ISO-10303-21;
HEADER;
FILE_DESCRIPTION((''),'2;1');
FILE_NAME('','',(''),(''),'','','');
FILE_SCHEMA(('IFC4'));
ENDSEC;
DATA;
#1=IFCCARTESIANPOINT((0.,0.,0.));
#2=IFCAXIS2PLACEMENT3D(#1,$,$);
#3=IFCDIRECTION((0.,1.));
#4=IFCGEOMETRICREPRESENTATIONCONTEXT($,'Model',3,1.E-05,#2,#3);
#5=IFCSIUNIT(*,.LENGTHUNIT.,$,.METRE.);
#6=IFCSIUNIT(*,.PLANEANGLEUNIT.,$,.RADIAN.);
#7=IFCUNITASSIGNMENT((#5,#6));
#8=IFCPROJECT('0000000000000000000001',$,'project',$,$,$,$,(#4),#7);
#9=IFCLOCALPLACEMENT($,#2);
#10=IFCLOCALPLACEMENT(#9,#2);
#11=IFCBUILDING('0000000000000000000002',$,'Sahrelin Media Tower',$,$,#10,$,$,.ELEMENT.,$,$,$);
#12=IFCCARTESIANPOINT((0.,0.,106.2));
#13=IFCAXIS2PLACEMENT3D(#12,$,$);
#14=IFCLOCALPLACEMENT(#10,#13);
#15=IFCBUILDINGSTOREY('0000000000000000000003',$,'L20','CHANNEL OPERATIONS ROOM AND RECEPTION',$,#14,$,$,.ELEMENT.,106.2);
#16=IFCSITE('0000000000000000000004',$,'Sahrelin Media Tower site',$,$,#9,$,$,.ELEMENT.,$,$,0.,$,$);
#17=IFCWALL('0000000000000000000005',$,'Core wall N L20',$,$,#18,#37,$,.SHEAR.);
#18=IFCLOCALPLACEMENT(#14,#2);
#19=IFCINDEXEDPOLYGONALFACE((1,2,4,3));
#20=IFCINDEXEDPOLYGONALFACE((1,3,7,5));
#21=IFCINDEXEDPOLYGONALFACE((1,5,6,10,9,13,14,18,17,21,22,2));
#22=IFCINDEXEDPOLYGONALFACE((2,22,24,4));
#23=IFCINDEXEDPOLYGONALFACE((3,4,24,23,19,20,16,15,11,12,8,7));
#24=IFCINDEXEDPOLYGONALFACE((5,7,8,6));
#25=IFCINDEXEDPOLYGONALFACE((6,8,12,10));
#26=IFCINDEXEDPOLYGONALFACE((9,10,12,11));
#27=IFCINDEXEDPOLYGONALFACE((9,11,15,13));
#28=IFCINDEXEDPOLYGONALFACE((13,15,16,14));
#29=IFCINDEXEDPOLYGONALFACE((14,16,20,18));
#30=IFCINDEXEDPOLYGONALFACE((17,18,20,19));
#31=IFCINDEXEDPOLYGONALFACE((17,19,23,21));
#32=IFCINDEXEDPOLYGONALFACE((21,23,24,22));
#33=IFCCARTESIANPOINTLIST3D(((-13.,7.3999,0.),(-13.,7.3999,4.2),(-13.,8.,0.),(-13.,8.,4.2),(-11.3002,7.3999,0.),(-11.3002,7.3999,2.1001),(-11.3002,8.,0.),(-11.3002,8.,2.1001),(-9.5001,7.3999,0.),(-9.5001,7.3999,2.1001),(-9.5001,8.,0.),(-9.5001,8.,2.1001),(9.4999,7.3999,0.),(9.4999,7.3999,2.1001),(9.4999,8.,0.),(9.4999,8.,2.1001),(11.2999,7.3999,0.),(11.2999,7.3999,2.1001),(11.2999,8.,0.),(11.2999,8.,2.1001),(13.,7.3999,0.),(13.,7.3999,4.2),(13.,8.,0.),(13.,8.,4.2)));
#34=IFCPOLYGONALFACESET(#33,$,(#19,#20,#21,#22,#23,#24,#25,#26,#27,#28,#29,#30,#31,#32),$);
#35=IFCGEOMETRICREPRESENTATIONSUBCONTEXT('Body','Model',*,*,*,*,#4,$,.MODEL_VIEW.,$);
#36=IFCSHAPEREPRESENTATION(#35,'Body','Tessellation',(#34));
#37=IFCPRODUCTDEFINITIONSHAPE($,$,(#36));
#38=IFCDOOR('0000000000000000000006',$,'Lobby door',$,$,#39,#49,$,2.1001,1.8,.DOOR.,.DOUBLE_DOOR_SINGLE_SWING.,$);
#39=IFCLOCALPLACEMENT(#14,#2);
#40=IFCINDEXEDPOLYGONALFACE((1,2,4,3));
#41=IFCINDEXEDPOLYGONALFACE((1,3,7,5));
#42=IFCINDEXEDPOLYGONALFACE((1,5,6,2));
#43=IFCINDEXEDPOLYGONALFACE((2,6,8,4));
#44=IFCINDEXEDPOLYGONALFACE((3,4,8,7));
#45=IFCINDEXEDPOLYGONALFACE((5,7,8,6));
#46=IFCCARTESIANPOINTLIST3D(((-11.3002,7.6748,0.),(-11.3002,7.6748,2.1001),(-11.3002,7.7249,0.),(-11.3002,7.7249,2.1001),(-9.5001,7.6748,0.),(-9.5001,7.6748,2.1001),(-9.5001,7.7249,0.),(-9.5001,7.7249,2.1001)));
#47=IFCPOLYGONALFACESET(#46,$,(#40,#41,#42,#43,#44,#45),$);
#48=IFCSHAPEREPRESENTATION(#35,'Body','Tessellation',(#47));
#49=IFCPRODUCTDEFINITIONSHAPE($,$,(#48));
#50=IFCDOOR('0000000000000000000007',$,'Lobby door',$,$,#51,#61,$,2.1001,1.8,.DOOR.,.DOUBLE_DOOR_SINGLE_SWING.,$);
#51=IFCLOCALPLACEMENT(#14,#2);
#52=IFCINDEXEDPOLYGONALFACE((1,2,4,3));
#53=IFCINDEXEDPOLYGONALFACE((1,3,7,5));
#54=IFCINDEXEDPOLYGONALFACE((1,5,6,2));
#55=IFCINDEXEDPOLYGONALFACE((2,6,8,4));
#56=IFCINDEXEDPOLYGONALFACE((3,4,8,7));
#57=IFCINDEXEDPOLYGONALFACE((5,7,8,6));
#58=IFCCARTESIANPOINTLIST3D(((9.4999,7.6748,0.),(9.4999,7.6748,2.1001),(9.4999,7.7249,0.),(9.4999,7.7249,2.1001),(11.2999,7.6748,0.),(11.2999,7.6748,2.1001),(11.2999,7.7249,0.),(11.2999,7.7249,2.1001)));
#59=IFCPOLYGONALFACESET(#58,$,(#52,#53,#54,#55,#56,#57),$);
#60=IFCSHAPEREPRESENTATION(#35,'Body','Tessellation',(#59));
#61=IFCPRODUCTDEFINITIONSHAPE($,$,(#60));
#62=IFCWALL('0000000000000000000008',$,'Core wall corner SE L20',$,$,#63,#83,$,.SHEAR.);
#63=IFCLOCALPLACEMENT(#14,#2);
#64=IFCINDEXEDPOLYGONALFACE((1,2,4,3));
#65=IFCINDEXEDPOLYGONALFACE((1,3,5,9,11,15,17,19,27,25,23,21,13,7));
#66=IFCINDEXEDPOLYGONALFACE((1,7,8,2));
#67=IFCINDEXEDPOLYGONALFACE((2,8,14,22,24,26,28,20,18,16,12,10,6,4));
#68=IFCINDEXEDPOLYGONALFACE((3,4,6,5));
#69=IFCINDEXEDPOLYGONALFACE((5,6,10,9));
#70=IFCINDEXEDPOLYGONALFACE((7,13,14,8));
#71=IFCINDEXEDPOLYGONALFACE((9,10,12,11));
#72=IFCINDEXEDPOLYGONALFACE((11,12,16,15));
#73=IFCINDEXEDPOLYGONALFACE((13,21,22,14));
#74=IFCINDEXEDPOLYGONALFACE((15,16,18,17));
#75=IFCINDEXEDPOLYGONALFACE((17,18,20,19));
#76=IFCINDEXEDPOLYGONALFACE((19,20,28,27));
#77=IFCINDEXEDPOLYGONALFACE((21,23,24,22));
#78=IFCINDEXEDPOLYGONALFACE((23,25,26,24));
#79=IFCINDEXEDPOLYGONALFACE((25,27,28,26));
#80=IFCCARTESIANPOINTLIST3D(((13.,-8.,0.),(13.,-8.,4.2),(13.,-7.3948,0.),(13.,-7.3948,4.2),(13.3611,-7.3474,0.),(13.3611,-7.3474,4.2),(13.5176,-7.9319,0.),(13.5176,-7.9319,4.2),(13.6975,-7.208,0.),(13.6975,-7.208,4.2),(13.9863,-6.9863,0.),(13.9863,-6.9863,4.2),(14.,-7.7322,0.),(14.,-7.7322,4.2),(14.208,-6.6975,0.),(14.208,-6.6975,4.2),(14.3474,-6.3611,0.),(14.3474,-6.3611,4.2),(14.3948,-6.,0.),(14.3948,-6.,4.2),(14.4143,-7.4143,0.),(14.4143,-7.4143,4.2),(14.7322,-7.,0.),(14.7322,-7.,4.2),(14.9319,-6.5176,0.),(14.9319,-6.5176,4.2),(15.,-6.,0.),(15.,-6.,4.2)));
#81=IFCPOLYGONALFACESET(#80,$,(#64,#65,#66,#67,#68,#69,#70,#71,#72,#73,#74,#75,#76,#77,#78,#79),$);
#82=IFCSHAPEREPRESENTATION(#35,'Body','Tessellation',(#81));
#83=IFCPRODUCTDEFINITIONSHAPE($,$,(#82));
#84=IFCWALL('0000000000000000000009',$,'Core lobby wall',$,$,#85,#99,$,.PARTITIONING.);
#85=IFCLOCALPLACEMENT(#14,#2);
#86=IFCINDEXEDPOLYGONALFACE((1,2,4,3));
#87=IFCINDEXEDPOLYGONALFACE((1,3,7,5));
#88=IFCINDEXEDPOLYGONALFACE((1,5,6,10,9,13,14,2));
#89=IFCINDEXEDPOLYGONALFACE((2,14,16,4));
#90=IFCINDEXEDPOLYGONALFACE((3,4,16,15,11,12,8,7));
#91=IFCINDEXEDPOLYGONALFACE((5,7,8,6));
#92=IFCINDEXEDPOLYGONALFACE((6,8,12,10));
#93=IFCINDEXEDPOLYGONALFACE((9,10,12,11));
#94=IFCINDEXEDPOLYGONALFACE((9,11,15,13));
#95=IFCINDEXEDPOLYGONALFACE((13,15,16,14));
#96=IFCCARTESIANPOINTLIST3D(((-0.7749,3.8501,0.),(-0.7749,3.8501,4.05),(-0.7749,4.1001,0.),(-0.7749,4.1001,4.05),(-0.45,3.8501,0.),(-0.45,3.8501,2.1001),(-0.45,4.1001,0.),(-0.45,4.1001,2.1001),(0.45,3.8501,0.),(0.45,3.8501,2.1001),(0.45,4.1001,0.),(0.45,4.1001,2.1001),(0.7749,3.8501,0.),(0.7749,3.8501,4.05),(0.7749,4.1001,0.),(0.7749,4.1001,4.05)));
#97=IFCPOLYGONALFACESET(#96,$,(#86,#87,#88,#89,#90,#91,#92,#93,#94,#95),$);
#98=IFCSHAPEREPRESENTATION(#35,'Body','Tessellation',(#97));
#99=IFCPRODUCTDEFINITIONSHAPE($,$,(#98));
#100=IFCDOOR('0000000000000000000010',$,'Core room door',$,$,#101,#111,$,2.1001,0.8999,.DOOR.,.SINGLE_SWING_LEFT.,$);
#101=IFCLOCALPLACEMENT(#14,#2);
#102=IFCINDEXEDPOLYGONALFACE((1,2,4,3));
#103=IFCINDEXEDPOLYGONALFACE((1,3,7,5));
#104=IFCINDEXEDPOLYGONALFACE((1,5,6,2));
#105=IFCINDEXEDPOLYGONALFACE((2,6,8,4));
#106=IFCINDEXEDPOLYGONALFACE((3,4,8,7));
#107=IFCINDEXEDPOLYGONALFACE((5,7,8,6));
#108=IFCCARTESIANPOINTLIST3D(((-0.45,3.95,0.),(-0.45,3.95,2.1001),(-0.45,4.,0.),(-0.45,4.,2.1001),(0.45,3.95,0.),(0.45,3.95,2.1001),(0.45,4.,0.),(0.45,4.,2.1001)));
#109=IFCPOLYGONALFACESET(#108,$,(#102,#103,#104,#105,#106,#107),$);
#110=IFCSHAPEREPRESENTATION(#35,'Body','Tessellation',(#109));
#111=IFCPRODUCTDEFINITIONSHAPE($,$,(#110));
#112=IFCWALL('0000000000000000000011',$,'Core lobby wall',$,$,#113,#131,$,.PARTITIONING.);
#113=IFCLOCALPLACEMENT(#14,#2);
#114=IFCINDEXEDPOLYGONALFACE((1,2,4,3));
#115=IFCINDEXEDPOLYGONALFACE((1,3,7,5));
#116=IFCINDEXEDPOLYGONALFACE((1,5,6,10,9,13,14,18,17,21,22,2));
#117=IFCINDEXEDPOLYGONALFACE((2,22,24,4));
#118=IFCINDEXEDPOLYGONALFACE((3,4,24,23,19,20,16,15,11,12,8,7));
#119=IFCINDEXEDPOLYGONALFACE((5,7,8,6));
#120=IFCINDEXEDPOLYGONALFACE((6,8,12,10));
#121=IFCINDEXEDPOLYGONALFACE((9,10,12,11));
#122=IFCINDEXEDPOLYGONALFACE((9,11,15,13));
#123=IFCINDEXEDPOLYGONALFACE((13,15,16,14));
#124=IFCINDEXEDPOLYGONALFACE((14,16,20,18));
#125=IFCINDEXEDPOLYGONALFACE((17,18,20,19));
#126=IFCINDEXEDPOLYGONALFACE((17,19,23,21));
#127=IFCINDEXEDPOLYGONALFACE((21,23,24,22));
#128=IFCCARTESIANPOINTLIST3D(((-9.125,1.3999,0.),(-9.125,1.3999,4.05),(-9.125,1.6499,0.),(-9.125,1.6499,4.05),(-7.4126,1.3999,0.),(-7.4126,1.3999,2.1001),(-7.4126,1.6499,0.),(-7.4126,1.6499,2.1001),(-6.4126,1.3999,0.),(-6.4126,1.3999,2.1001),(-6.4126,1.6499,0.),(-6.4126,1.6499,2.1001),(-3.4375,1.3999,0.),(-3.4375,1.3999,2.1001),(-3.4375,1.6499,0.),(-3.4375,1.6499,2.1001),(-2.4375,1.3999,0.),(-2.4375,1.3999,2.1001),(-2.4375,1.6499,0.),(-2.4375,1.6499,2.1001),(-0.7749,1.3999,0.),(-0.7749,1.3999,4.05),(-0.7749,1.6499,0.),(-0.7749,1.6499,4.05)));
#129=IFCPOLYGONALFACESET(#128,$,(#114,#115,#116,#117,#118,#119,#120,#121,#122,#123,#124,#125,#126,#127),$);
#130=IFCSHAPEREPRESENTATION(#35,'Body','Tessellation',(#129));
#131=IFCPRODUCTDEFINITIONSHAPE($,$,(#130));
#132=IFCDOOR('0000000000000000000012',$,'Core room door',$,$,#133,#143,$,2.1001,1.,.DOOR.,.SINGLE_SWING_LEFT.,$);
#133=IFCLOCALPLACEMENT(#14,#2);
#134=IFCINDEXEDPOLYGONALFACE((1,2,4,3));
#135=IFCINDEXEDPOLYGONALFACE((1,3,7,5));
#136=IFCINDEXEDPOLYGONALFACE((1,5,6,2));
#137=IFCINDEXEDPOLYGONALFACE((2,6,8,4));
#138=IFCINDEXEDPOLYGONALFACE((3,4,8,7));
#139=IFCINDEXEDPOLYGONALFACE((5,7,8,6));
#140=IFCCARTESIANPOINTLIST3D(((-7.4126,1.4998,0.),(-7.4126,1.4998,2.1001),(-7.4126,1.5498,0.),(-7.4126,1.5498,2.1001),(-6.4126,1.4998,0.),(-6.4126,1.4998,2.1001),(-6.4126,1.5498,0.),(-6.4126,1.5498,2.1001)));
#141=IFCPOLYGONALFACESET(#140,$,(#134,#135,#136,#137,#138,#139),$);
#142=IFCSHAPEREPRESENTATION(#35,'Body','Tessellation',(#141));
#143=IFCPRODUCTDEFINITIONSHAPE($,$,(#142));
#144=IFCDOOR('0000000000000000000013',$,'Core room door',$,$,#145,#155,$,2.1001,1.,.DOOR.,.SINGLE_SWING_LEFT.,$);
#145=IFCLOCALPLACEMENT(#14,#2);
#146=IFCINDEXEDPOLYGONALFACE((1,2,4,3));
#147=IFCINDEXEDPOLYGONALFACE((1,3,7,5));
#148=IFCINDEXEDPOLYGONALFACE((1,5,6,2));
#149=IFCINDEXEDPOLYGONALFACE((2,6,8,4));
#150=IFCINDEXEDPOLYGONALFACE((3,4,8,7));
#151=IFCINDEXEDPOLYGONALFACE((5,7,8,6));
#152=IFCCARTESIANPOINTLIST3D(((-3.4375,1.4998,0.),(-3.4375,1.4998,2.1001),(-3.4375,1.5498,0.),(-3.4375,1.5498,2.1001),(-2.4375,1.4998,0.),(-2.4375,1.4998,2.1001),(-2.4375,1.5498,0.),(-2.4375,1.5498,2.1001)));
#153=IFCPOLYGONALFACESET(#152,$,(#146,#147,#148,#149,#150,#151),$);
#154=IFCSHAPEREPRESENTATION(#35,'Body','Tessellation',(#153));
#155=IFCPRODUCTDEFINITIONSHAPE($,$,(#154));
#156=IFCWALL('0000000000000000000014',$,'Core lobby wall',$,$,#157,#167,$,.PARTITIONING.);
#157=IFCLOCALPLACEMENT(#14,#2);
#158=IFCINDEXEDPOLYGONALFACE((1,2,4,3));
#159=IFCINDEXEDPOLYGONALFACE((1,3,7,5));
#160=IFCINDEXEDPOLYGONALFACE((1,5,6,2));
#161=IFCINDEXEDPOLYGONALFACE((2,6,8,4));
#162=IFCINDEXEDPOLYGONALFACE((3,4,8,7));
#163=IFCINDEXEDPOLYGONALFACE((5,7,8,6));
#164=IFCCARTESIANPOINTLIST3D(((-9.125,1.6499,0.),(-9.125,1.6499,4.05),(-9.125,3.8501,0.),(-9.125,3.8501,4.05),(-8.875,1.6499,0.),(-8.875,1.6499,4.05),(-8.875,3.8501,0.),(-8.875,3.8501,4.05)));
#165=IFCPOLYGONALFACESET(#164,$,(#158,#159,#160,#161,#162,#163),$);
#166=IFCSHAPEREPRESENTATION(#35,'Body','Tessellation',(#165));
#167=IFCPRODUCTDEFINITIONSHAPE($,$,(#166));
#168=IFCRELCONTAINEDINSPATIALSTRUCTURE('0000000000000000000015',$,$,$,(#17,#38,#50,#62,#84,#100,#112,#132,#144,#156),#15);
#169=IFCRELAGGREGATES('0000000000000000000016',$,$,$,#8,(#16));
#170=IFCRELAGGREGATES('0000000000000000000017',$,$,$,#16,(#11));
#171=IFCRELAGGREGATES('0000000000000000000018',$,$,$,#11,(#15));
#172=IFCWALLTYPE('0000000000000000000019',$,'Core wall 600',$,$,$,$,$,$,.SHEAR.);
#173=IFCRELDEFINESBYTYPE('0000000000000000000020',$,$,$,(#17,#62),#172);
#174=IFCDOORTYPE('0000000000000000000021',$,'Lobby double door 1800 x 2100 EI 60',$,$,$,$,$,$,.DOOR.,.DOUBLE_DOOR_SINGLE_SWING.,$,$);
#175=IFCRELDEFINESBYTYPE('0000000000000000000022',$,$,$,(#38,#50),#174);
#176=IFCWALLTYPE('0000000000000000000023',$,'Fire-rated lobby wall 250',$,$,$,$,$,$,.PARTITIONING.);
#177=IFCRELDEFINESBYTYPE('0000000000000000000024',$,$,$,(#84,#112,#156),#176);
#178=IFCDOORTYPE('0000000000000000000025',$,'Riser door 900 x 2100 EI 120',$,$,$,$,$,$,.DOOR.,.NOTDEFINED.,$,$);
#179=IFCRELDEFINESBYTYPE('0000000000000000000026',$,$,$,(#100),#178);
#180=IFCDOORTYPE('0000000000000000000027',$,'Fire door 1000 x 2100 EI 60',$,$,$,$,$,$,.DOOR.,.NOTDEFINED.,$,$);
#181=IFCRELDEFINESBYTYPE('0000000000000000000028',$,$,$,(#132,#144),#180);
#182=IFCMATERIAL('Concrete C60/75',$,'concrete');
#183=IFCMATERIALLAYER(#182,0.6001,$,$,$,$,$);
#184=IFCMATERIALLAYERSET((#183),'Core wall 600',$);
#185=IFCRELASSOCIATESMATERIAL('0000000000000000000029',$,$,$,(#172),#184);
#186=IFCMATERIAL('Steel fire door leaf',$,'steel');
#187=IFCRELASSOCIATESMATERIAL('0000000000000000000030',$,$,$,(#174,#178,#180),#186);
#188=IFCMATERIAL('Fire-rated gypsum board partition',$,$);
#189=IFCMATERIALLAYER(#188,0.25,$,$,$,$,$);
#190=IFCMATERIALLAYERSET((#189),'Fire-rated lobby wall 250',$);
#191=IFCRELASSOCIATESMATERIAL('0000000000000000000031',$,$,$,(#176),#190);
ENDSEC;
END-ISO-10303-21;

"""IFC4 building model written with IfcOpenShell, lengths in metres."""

from ifc_helpers import new_model, si_unit, direction, frame, frame_2d, origin, place, context, subcontext, project, spatial, polyline, rectangle, outline, extrude, material, layer, layer_set, type_object, element, fill, save


model = new_model("IFC4")

# Units and contexts
model_context = context("Model", 3, precision=1e-05, world=origin(), true_north=direction((0.0, 1.0)))
body_context = subcontext(model_context, "Body", "Model", "MODEL_VIEW")
ifc_project = project(units=[si_unit("LENGTHUNIT", "METRE"), si_unit("PLANEANGLEUNIT", "RADIAN")], contexts=[model_context])

# Site, building, storey
site_placement = place(None, origin())
site = spatial("IfcSite", under=ifc_project, at=site_placement, Name="Sahrelin Media Tower site", CompositionType="ELEMENT", RefElevation=0.0)
building_placement = place(site_placement, origin())
building = spatial("IfcBuilding", under=site, at=building_placement, Name="Sahrelin Media Tower", CompositionType="ELEMENT")
storey_placement = place(building_placement, frame((0.0, 0.0, 106.2)))
storey = spatial("IfcBuildingStorey", under=building, at=storey_placement, Name="L20", Description="CHANNEL OPERATIONS ROOM AND RECEPTION", CompositionType="ELEMENT", Elevation=106.2)

# Wall, openings, doors
ifc_material_1 = material(Name="Concrete C60/75", Category="concrete")
ifc_layer_1 = layer(ifc_material_1, 0.6001)
ifc_layer_set_1 = layer_set([ifc_layer_1], Name="Core wall 600")
wall_type_1 = type_object("IfcWallType", Name="Core wall 600", PredefinedType="SHEAR", material=ifc_layer_set_1)
wall_1_placement = place(storey_placement, frame((-13.0, 7.7, 0.0), z_axis=(0.0, 0.0, 1.0), x_axis=(1.0, 0.0, 0.0)))
wall_1 = element("IfcWall", 1, at=wall_1_placement, inside=storey, type_object=wall_type_1, Name="Core wall N L20", PredefinedType="SHEAR", context=body_context, shape_type="SweptSolid", body=[
    extrude(rectangle(XDim=26.0, YDim=0.6001, at=frame_2d((13.0, 0.0))), origin(), (0.0, 0.0, 1.0), 4.2),
])
opening_1_placement = place(wall_1_placement, frame((1.7, 0.0, 0.0)))
opening_1 = element("IfcOpeningElement", 2, at=opening_1_placement, cuts=wall_1, PredefinedType="OPENING", context=body_context, shape_type="SweptSolid", body=[
    extrude(rectangle(XDim=1.8, YDim=2.1001, at=frame_2d((0.8999, 1.05))), frame((0.0, 0.3, 0.0), z_axis=(0.0, -1.0, 0.0), x_axis=(1.0, 0.0, 0.0)), (0.0, 0.0, 1.0), 0.6001),
])
opening_2_placement = place(wall_1_placement, frame((22.5, 0.0, 0.0)))
opening_2 = element("IfcOpeningElement", 3, at=opening_2_placement, cuts=wall_1, PredefinedType="OPENING", context=body_context, shape_type="SweptSolid", body=[
    extrude(rectangle(XDim=1.8, YDim=2.1001, at=frame_2d((0.8999, 1.05))), frame((0.0, 0.3, 0.0), z_axis=(0.0, -1.0, 0.0), x_axis=(1.0, 0.0, 0.0)), (0.0, 0.0, 1.0), 0.6001),
])
ifc_material_2 = material(Name="Steel fire door leaf", Category="steel")
door_type_1 = type_object("IfcDoorType", Name="Lobby double door 1800 x 2100 EI 60", OperationType="DOUBLE_DOOR_SINGLE_SWING", PredefinedType="DOOR", material=ifc_material_2)
door_1_placement = place(opening_1_placement, origin())
door_1 = element("IfcDoor", 4, at=door_1_placement, inside=storey, type_object=door_type_1, Name="Lobby door", OperationType="DOUBLE_DOOR_SINGLE_SWING", OverallHeight=2.1001, OverallWidth=1.8, PredefinedType="DOOR", context=body_context, shape_type="SweptSolid", body=[
    extrude(rectangle(XDim=1.8, YDim=2.1001, at=frame_2d((0.8999, 1.05))), frame((0.0, 0.0249, 0.0), z_axis=(0.0, -1.0, 0.0), x_axis=(1.0, 0.0, 0.0)), (0.0, 0.0, 1.0), 0.05),
])
fill(opening_1, door_1)
door_2_placement = place(opening_2_placement, origin())
door_2 = element("IfcDoor", 5, at=door_2_placement, inside=storey, type_object=door_type_1, Name="Lobby door", OperationType="DOUBLE_DOOR_SINGLE_SWING", OverallHeight=2.1001, OverallWidth=1.8, PredefinedType="DOOR", context=body_context, shape_type="SweptSolid", body=[
    extrude(rectangle(XDim=1.8, YDim=2.1001, at=frame_2d((0.8999, 1.05))), frame((0.0, 0.0249, 0.0), z_axis=(0.0, -1.0, 0.0), x_axis=(1.0, 0.0, 0.0)), (0.0, 0.0, 1.0), 0.05),
])
fill(opening_2, door_2)

# Wall
wall_2_placement = place(storey_placement, origin())
element("IfcWall", 6, at=wall_2_placement, inside=storey, type_object=wall_type_1, Name="Core wall corner SE L20", PredefinedType="SHEAR", context=body_context, shape_type="SweptSolid", body=[
    extrude(outline(polyline([(15.0, -6.0), (14.3948, -6.0), (14.3474, -6.3611), (14.208, -6.6975), (13.9863, -6.9863), (13.6975, -7.208), (13.3611, -7.3474), (13.0, -7.3948), (13.0, -8.0), (13.5176, -7.9319), (14.0, -7.7322), (14.4143, -7.4143), (14.7322, -7.0), (14.9319, -6.5176), (15.0, -6.0)])), origin(), (0.0, 0.0, 1.0), 4.2),
])

# Wall, opening, door
ifc_material_3 = material(Name="Fire-rated gypsum board partition")
ifc_layer_2 = layer(ifc_material_3, 0.25)
ifc_layer_set_2 = layer_set([ifc_layer_2], Name="Fire-rated lobby wall 250")
wall_type_2 = type_object("IfcWallType", Name="Fire-rated lobby wall 250", PredefinedType="PARTITIONING", material=ifc_layer_set_2)
wall_3_placement = place(storey_placement, frame((-0.7749, 3.9751, 0.0), z_axis=(0.0, 0.0, 1.0), x_axis=(1.0, 0.0, 0.0)))
wall_3 = element("IfcWall", 7, at=wall_3_placement, inside=storey, type_object=wall_type_2, Name="Core lobby wall", PredefinedType="PARTITIONING", context=body_context, shape_type="SweptSolid", body=[
    extrude(rectangle(XDim=1.5498, YDim=0.25, at=frame_2d((0.7749, 0.0))), origin(), (0.0, 0.0, 1.0), 4.05),
])
opening_3_placement = place(wall_3_placement, frame((0.325, 0.0, 0.0)))
opening_3 = element("IfcOpeningElement", 8, at=opening_3_placement, cuts=wall_3, PredefinedType="OPENING", context=body_context, shape_type="SweptSolid", body=[
    extrude(rectangle(XDim=0.8999, YDim=2.1001, at=frame_2d((0.45, 1.05))), frame((0.0, 0.125, 0.0), z_axis=(0.0, -1.0, 0.0), x_axis=(1.0, 0.0, 0.0)), (0.0, 0.0, 1.0), 0.25),
])
door_type_2 = type_object("IfcDoorType", Name="Riser door 900 x 2100 EI 120", OperationType="NOTDEFINED", PredefinedType="DOOR", material=ifc_material_2)
door_3_placement = place(opening_3_placement, origin())
door_3 = element("IfcDoor", 9, at=door_3_placement, inside=storey, type_object=door_type_2, Name="Core room door", OperationType="SINGLE_SWING_LEFT", OverallHeight=2.1001, OverallWidth=0.8999, PredefinedType="DOOR", context=body_context, shape_type="SweptSolid", body=[
    extrude(rectangle(XDim=0.8999, YDim=2.1001, at=frame_2d((0.45, 1.05))), frame((0.0, 0.0249, 0.0), z_axis=(0.0, -1.0, 0.0), x_axis=(1.0, 0.0, 0.0)), (0.0, 0.0, 1.0), 0.05),
])
fill(opening_3, door_3)

# Wall, openings, doors
wall_4_placement = place(storey_placement, frame((-9.125, 1.5249, 0.0), z_axis=(0.0, 0.0, 1.0), x_axis=(1.0, 0.0, 0.0)))
wall_4 = element("IfcWall", 10, at=wall_4_placement, inside=storey, type_object=wall_type_2, Name="Core lobby wall", PredefinedType="PARTITIONING", context=body_context, shape_type="SweptSolid", body=[
    extrude(rectangle(XDim=8.3501, YDim=0.25, at=frame_2d((4.175, 0.0))), origin(), (0.0, 0.0, 1.0), 4.05),
])
opening_4_placement = place(wall_4_placement, frame((1.7124, 0.0, 0.0)))
opening_4 = element("IfcOpeningElement", 11, at=opening_4_placement, cuts=wall_4, PredefinedType="OPENING", context=body_context, shape_type="SweptSolid", body=[
    extrude(rectangle(XDim=1.0, YDim=2.1001, at=frame_2d((0.5, 1.05))), frame((0.0, 0.125, 0.0), z_axis=(0.0, -1.0, 0.0), x_axis=(1.0, 0.0, 0.0)), (0.0, 0.0, 1.0), 0.25),
])
opening_5_placement = place(wall_4_placement, frame((5.6875, 0.0, 0.0)))
opening_5 = element("IfcOpeningElement", 12, at=opening_5_placement, cuts=wall_4, PredefinedType="OPENING", context=body_context, shape_type="SweptSolid", body=[
    extrude(rectangle(XDim=1.0, YDim=2.1001, at=frame_2d((0.5, 1.05))), frame((0.0, 0.125, 0.0), z_axis=(0.0, -1.0, 0.0), x_axis=(1.0, 0.0, 0.0)), (0.0, 0.0, 1.0), 0.25),
])
door_type_3 = type_object("IfcDoorType", Name="Fire door 1000 x 2100 EI 60", OperationType="NOTDEFINED", PredefinedType="DOOR", material=ifc_material_2)
door_4_placement = place(opening_4_placement, origin())
door_4 = element("IfcDoor", 13, at=door_4_placement, inside=storey, type_object=door_type_3, Name="Core room door", OperationType="SINGLE_SWING_LEFT", OverallHeight=2.1001, OverallWidth=1.0, PredefinedType="DOOR", context=body_context, shape_type="SweptSolid", body=[
    extrude(rectangle(XDim=1.0, YDim=2.1001, at=frame_2d((0.5, 1.05))), frame((0.0, 0.0249, 0.0), z_axis=(0.0, -1.0, 0.0), x_axis=(1.0, 0.0, 0.0)), (0.0, 0.0, 1.0), 0.05),
])
fill(opening_4, door_4)
door_5_placement = place(opening_5_placement, origin())
door_5 = element("IfcDoor", 14, at=door_5_placement, inside=storey, type_object=door_type_3, Name="Core room door", OperationType="SINGLE_SWING_LEFT", OverallHeight=2.1001, OverallWidth=1.0, PredefinedType="DOOR", context=body_context, shape_type="SweptSolid", body=[
    extrude(rectangle(XDim=1.0, YDim=2.1001, at=frame_2d((0.5, 1.05))), frame((0.0, 0.0249, 0.0), z_axis=(0.0, -1.0, 0.0), x_axis=(1.0, 0.0, 0.0)), (0.0, 0.0, 1.0), 0.05),
])
fill(opening_5, door_5)

# Wall
for number, where, z_axis, x_axis, name in (
    (15, (-9.0, 1.6499, 0.0), (0.0, 0.0, 1.0), (0.0, 1.0, 0.0), "Core lobby wall"),
):
    element("IfcWall", number, at=place(storey_placement, frame(where, z_axis=z_axis, x_axis=x_axis)), inside=storey, type_object=wall_type_2, Name=name, PredefinedType="PARTITIONING", context=body_context, shape_type="SweptSolid", body=[
        extrude(rectangle(XDim=2.2002, YDim=0.25, at=frame_2d((1.1001, 0.0))), origin(), (0.0, 0.0, 1.0), 4.05),
    ])

save(model, "model.ifc")
